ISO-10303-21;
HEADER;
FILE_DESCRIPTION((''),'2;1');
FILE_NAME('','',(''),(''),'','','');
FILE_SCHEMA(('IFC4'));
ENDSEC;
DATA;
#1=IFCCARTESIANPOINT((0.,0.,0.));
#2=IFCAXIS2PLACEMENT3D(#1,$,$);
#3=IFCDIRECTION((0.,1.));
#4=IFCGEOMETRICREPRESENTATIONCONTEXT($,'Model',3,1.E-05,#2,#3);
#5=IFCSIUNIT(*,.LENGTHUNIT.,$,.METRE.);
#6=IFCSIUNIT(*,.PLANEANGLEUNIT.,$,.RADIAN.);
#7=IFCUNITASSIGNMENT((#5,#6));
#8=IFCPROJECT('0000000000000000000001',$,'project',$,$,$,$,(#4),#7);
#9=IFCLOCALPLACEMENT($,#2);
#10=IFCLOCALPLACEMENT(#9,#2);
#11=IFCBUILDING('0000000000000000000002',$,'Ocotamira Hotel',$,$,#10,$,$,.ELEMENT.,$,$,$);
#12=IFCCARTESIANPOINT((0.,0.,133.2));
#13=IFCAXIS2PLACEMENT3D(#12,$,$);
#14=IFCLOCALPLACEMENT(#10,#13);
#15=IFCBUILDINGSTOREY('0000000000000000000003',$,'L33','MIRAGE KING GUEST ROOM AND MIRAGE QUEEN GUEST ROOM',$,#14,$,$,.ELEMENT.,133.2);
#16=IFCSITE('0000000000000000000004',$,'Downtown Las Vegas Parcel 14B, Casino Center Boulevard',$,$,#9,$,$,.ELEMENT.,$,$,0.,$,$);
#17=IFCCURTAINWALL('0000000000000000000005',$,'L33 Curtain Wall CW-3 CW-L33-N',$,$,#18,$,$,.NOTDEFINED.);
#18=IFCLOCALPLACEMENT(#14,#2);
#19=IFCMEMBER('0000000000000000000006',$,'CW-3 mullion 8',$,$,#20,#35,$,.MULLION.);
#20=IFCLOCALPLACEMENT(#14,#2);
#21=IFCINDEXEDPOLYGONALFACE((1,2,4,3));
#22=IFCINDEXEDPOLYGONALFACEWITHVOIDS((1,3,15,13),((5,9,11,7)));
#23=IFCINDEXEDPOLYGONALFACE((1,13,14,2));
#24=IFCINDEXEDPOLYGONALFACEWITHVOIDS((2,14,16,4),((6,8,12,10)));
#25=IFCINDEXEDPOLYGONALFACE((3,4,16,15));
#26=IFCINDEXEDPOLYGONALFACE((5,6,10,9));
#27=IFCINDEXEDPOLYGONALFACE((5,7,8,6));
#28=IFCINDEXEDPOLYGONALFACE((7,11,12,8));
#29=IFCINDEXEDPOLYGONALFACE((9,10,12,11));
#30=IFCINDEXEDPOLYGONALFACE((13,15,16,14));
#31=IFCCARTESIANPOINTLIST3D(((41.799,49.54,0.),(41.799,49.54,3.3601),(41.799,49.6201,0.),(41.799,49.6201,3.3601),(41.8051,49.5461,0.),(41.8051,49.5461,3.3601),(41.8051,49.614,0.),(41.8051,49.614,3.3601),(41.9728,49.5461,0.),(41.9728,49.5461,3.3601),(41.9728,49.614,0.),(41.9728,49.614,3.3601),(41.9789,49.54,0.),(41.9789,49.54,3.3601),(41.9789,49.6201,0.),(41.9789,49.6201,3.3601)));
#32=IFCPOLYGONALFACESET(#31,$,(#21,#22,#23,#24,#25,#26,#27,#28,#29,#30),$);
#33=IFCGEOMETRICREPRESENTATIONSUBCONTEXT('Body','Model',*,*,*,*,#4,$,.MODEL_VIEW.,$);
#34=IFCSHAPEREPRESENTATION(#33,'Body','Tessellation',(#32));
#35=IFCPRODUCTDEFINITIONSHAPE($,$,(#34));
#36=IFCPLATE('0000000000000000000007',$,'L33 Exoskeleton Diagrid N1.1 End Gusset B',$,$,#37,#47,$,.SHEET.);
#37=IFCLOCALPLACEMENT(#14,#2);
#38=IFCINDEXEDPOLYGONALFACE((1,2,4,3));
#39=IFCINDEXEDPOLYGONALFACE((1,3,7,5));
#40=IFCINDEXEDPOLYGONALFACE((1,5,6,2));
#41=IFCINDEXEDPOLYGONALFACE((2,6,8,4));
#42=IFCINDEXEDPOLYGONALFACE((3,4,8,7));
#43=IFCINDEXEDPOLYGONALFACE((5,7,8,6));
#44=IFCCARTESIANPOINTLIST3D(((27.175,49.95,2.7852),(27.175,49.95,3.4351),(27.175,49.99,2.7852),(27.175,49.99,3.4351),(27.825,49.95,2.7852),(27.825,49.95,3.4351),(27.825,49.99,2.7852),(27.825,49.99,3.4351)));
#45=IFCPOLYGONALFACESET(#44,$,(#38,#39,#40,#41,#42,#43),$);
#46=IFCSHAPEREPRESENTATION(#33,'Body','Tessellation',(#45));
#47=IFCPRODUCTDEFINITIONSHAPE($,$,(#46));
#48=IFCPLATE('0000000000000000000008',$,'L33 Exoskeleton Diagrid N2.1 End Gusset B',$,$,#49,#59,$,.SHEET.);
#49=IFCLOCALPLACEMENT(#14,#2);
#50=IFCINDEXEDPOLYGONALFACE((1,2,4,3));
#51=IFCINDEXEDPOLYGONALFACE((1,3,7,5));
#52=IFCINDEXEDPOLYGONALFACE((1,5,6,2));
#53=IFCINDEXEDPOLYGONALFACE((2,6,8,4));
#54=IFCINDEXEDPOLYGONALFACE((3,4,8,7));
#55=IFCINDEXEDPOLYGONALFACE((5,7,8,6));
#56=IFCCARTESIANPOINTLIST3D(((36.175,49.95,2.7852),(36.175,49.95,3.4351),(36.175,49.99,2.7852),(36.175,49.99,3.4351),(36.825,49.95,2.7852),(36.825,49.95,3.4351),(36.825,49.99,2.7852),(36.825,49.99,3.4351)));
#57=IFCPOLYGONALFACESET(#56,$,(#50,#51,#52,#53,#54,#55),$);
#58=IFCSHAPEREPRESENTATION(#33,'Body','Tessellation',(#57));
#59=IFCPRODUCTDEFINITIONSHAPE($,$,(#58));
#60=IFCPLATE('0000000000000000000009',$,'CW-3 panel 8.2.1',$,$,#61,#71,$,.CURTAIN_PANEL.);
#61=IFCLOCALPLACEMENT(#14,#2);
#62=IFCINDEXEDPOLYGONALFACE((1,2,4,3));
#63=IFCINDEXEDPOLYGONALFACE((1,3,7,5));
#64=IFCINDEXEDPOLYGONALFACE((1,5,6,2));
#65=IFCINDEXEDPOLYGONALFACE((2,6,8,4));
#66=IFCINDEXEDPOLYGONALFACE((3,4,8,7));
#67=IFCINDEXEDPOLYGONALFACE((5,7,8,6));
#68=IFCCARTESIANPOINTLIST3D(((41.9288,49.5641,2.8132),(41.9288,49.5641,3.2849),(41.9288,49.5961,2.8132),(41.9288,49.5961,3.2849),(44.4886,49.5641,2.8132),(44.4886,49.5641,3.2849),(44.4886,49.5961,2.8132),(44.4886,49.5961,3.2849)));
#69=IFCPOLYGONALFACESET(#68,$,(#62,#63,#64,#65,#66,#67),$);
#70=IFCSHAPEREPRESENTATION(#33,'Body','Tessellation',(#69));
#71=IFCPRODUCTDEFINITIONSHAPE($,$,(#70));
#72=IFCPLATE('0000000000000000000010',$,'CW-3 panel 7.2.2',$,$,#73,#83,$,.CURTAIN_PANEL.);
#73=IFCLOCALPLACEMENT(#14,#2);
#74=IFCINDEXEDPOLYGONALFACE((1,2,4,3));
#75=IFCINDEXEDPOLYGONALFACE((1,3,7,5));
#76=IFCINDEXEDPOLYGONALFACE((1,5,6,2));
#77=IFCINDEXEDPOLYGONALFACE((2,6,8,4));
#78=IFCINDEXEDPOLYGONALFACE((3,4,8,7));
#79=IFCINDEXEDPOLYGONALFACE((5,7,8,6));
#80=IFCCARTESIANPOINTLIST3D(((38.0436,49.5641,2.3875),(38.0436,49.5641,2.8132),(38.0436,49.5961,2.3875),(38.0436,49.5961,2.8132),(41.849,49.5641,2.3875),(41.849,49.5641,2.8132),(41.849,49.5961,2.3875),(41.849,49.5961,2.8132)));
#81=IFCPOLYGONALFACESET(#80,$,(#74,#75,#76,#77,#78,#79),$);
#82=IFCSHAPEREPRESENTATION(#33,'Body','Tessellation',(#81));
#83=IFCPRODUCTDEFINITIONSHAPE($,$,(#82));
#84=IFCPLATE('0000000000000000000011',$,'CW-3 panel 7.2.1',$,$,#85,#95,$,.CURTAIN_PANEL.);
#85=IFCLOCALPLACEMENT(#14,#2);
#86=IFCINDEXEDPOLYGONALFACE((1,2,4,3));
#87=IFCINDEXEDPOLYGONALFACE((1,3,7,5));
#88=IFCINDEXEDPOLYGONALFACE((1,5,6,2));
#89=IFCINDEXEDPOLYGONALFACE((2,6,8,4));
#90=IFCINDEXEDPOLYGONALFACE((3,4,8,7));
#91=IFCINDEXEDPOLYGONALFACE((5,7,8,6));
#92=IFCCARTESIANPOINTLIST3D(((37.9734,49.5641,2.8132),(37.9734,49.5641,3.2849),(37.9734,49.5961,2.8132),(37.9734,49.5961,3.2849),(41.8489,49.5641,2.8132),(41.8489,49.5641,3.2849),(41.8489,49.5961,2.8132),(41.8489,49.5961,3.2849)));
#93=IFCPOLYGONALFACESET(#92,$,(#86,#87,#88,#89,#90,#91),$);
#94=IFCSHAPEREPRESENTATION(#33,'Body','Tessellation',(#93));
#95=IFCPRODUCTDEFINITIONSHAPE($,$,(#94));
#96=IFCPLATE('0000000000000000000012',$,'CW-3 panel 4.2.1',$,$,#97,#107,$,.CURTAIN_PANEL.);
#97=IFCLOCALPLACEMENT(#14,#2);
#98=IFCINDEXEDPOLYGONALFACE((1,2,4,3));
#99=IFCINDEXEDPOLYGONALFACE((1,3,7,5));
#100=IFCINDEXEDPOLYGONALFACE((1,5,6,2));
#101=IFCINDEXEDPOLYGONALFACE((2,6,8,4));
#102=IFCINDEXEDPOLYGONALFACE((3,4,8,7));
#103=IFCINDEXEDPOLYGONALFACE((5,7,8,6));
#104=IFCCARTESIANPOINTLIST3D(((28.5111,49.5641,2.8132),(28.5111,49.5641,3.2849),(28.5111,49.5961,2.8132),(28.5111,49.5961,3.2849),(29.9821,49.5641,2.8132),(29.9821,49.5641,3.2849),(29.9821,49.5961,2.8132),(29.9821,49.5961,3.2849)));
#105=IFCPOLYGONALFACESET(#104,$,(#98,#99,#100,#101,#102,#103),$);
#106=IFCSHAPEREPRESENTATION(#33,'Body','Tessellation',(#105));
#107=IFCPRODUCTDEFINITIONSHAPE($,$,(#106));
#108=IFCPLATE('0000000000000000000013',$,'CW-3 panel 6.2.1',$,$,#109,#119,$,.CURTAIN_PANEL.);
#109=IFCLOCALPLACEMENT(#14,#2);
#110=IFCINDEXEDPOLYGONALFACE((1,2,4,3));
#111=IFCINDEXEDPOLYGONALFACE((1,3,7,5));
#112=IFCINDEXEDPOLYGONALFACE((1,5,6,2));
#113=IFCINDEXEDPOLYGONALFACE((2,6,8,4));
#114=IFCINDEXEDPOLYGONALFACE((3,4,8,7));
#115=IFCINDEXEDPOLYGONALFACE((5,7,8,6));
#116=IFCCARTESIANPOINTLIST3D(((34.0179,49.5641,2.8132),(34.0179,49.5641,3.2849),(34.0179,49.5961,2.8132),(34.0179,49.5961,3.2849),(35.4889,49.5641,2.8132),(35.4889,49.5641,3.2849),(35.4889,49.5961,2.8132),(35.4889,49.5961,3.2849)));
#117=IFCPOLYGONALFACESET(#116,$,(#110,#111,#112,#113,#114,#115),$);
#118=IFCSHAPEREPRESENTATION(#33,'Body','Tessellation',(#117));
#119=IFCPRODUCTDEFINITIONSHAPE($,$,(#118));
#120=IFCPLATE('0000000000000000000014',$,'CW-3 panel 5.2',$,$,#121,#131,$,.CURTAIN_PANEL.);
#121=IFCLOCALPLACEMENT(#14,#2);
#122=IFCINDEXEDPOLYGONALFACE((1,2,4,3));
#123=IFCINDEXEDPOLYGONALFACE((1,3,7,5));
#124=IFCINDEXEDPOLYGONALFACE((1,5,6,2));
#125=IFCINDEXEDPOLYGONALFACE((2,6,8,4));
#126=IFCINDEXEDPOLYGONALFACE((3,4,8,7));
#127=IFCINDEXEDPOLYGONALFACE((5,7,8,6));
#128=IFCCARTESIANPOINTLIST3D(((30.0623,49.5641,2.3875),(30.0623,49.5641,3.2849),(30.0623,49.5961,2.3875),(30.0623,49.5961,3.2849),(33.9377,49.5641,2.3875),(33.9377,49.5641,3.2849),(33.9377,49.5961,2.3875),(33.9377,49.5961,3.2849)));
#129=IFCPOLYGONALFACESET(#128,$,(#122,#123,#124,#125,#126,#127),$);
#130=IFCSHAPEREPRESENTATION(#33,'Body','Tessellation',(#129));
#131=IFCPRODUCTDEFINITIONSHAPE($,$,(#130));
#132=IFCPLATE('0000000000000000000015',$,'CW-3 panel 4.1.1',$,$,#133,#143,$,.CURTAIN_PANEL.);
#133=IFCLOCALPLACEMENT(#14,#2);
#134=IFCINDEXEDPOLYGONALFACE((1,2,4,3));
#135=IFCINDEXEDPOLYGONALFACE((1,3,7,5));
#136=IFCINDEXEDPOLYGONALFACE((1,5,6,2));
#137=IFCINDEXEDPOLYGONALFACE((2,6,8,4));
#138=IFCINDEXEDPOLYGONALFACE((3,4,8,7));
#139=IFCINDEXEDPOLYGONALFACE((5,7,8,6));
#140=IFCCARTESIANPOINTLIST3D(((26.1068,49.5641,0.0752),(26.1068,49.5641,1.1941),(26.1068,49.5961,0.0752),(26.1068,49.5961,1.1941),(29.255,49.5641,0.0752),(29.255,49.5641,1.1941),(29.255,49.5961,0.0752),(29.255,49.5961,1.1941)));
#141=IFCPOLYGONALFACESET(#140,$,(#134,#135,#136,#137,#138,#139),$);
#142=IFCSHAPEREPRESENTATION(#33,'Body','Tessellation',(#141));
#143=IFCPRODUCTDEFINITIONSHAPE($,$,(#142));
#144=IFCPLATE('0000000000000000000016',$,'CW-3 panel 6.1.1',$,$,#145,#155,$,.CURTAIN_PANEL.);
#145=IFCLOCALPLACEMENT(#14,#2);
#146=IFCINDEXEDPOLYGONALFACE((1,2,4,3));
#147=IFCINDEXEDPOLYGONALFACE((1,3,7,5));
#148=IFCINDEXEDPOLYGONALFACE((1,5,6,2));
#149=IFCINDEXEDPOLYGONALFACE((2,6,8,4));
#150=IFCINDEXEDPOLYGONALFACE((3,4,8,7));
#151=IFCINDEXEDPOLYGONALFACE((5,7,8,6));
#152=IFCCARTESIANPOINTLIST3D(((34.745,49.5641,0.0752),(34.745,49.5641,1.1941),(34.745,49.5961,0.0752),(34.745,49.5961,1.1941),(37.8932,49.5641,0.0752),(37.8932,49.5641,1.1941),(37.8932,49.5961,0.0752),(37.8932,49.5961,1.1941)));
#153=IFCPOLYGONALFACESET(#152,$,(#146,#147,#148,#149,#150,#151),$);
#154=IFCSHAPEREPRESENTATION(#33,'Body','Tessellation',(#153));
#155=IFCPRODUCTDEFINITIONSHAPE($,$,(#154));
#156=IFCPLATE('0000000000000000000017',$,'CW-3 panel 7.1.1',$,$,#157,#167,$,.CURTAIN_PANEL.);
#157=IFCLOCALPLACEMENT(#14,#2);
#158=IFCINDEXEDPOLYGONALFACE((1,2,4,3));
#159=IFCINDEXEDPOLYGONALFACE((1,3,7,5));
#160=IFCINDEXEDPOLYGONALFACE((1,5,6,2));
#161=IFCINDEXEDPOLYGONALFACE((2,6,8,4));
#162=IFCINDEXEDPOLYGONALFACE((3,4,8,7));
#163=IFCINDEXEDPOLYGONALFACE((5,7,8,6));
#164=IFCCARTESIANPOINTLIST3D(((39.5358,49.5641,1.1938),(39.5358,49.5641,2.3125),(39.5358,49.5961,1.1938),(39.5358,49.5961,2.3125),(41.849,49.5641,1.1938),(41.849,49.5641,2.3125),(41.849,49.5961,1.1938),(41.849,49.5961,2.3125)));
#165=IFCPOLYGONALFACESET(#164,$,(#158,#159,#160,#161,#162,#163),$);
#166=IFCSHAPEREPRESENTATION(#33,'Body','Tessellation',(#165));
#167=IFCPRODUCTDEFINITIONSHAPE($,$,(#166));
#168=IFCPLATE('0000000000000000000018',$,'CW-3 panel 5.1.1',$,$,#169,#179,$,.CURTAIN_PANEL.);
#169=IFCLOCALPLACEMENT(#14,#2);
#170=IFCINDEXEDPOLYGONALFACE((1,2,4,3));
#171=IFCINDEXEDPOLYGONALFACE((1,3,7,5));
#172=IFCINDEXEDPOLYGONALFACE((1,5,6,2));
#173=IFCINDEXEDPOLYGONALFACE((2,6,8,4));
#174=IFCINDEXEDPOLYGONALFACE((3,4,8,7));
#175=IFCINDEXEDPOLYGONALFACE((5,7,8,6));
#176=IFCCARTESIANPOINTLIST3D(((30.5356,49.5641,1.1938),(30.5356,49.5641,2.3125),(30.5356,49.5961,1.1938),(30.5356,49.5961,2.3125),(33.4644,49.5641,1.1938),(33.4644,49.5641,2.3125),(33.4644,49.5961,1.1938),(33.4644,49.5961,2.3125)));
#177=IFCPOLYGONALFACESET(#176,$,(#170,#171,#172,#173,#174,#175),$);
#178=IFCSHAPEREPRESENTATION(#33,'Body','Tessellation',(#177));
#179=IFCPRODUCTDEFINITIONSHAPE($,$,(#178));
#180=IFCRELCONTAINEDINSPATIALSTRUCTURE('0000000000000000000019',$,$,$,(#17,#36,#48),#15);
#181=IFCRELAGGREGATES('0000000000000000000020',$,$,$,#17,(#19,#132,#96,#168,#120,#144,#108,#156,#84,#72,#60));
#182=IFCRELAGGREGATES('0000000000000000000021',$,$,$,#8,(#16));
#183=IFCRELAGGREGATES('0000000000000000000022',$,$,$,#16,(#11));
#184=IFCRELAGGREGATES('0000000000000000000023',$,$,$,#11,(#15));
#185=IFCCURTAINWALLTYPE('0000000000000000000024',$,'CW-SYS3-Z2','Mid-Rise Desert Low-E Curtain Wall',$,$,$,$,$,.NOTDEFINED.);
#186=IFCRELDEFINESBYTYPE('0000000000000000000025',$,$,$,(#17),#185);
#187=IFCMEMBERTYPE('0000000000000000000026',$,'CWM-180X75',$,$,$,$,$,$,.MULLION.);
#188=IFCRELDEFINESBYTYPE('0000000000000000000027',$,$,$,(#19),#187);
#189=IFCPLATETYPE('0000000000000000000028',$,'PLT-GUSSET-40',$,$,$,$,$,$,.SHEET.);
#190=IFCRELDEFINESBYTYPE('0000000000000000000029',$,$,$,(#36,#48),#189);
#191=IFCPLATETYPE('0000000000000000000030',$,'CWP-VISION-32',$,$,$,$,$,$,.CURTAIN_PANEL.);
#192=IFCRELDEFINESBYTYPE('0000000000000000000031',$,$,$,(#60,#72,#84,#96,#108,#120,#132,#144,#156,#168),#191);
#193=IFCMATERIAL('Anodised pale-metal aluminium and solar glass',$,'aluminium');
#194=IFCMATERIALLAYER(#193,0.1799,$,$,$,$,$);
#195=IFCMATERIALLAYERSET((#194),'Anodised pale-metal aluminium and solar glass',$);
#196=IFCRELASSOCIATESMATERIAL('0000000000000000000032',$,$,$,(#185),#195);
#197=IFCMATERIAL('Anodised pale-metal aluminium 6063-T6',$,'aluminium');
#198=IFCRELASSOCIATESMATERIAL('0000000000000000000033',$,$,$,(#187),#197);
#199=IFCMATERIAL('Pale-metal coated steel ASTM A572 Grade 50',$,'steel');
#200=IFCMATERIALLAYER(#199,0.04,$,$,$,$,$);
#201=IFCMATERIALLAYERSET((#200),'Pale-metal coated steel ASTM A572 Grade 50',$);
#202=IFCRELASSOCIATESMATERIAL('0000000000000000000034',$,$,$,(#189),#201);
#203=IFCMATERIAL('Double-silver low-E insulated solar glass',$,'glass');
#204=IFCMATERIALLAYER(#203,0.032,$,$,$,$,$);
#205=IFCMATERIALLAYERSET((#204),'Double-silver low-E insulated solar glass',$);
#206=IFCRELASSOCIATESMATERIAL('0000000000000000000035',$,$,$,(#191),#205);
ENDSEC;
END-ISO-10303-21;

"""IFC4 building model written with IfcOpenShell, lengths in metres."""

from ifc_helpers import new_model, si_unit, direction, frame, origin, origin_2d, place, context, subcontext, project, spatial, rectangle, hollow_rectangle, extrude, source, transform, mapped, material, layer, layer_set, material_profile, profile_set, type_object, element, aggregate, save


model = new_model("IFC4")

# Units and contexts
model_context = context("Model", 3, precision=1e-05, world=origin(), true_north=direction((0.0, 1.0)))
body_context = subcontext(model_context, "Body", "Model", "MODEL_VIEW")
ifc_project = project(units=[si_unit("LENGTHUNIT", "METRE"), si_unit("PLANEANGLEUNIT", "RADIAN")], contexts=[model_context])

# Site, building, storey
site_placement = place(None, origin())
site = spatial("IfcSite", under=ifc_project, at=site_placement, Name="Downtown Las Vegas Parcel 14B, Casino Center Boulevard", CompositionType="ELEMENT", RefElevation=0.0)
building_placement = place(site_placement, origin())
building = spatial("IfcBuilding", under=site, at=building_placement, Name="Ocotamira Hotel", CompositionType="ELEMENT")
storey_placement = place(building_placement, frame((0.0, 0.0, 133.2)))
storey = spatial("IfcBuildingStorey", under=building, at=storey_placement, Name="L33", Description="MIRAGE KING GUEST ROOM AND MIRAGE QUEEN GUEST ROOM", CompositionType="ELEMENT", Elevation=133.2)

# Curtain wall, member
ifc_material_1 = material(Name="Anodised pale-metal aluminium and solar glass", Category="aluminium")
ifc_layer_1 = layer(ifc_material_1, 0.1799)
ifc_layer_set_1 = layer_set([ifc_layer_1], Name="Anodised pale-metal aluminium and solar glass")
curtain_wall_type = type_object("IfcCurtainWallType", Name="CW-SYS3-Z2", Description="Mid-Rise Desert Low-E Curtain Wall", PredefinedType="NOTDEFINED", material=ifc_layer_set_1)
curtain_wall_placement = place(storey_placement, origin())
curtain_wall = element("IfcCurtainWall", 1, at=curtain_wall_placement, inside=storey, type_object=curtain_wall_type, Name="L33 Curtain Wall CW-3 CW-L33-N", PredefinedType="NOTDEFINED")
ifc_material_2 = material(Name="Anodised pale-metal aluminium 6063-T6", Category="aluminium")
ifc_material_profile_1 = material_profile(ifc_material_2, hollow_rectangle(XDim=0.0801, YDim=0.1799, WallThickness=0.0061, at=origin_2d()), Name="HSS180X80X6")
ifc_profile_set_1 = profile_set([ifc_material_profile_1], Name="Anodised pale-metal aluminium 6063-T6")
member_type_1 = type_object("IfcMemberType", Name="CWM-180X75", PredefinedType="MULLION", material=ifc_profile_set_1)
shared_shape_1 = source(origin(), body_context, "Body", "SweptSolid", [
    extrude(hollow_rectangle(XDim=0.0801, YDim=0.1799, WallThickness=0.0061, at=origin_2d()), origin(), (0.0, 0.0, 1.0), 3.3601),
])
member_1_placement = place(storey_placement, frame((41.8889, 49.5801, 0.0), z_axis=(0.0, 0.0, 1.0), x_axis=(0.0, 1.0, 0.0)))
member_1 = element("IfcMember", 2, at=member_1_placement, type_object=member_type_1, Name="CW-3 mullion 8", PredefinedType="MULLION", context=body_context, shape_type="MappedRepresentation", body=[
    mapped(shared_shape_1, transform((0.0, 0.0, 0.0), scale=1.0)),
])

# Plates
ifc_material_3 = material(Name="Pale-metal coated steel ASTM A572 Grade 50", Category="steel")
ifc_layer_2 = layer(ifc_material_3, 0.04)
ifc_layer_set_2 = layer_set([ifc_layer_2], Name="Pale-metal coated steel ASTM A572 Grade 50")
plate_type_1 = type_object("IfcPlateType", Name="PLT-GUSSET-40", PredefinedType="SHEET", material=ifc_layer_set_2)
shared_shape_2 = source(origin(), body_context, "Body", "SweptSolid", [
    extrude(rectangle(XDim=0.6499, YDim=0.04, at=origin_2d()), origin(), (0.0, 0.0, 1.0), 0.6499),
])
for number, where, z_axis, x_axis, name in (
    (3, (27.5, 49.97, 2.7852), (0.0, 0.0, 1.0), (1.0, 0.0, 0.0), "L33 Exoskeleton Diagrid N1.1 End Gusset B"),
    (4, (36.5, 49.97, 2.7852), (0.0, 0.0, 1.0), (1.0, 0.0, 0.0), "L33 Exoskeleton Diagrid N2.1 End Gusset B"),
):
    element("IfcPlate", number, at=place(storey_placement, frame(where, z_axis=z_axis, x_axis=x_axis)), inside=storey, type_object=plate_type_1, Name=name, PredefinedType="SHEET", context=body_context, shape_type="MappedRepresentation", body=[
        mapped(shared_shape_2, transform((0.0, 0.0, 0.0), scale=1.0)),
    ])

# Plates
ifc_material_4 = material(Name="Double-silver low-E insulated solar glass", Category="glass")
ifc_layer_3 = layer(ifc_material_4, 0.032)
ifc_layer_set_3 = layer_set([ifc_layer_3], Name="Double-silver low-E insulated solar glass")
plate_type_2 = type_object("IfcPlateType", Name="CWP-VISION-32", PredefinedType="CURTAIN_PANEL", material=ifc_layer_set_3)
shared_shape_3 = source(origin(), body_context, "Body", "SweptSolid", [
    extrude(rectangle(XDim=2.5598, YDim=0.032, at=origin_2d()), origin(), (0.0, 0.0, 1.0), 0.4717),
])
plate_1_placement = place(storey_placement, frame((43.2087, 49.5801, 2.8132), z_axis=(0.0, 0.0, 1.0), x_axis=(1.0, 0.0, 0.0)))
plate_1 = element("IfcPlate", 5, at=plate_1_placement, type_object=plate_type_2, Name="CW-3 panel 8.2.1", PredefinedType="CURTAIN_PANEL", context=body_context, shape_type="MappedRepresentation", body=[
    mapped(shared_shape_3, transform((0.0, 0.0, 0.0), scale=1.0)),
])
shared_shape_4 = source(origin(), body_context, "Body", "SweptSolid", [
    extrude(rectangle(XDim=3.8054, YDim=0.032, at=origin_2d()), origin(), (0.0, 0.0, 1.0), 0.4258),
])
plate_2_placement = place(storey_placement, frame((39.9463, 49.5801, 2.3875), z_axis=(0.0, 0.0, 1.0), x_axis=(1.0, 0.0, 0.0)))
plate_2 = element("IfcPlate", 6, at=plate_2_placement, type_object=plate_type_2, Name="CW-3 panel 7.2.2", PredefinedType="CURTAIN_PANEL", context=body_context, shape_type="MappedRepresentation", body=[
    mapped(shared_shape_4, transform((0.0, 0.0, 0.0), scale=1.0)),
])
shared_shape_5 = source(origin(), body_context, "Body", "SweptSolid", [
    extrude(rectangle(XDim=3.8755, YDim=0.032, at=origin_2d()), origin(), (0.0, 0.0, 1.0), 0.4717),
])
plate_3_placement = place(storey_placement, frame((39.9111, 49.5801, 2.8132), z_axis=(0.0, 0.0, 1.0), x_axis=(1.0, 0.0, 0.0)))
plate_3 = element("IfcPlate", 7, at=plate_3_placement, type_object=plate_type_2, Name="CW-3 panel 7.2.1", PredefinedType="CURTAIN_PANEL", context=body_context, shape_type="MappedRepresentation", body=[
    mapped(shared_shape_5, transform((0.0, 0.0, 0.0), scale=1.0)),
])
shared_shape_6 = source(origin(), body_context, "Body", "SweptSolid", [
    extrude(rectangle(XDim=1.4709, YDim=0.032, at=origin_2d()), origin(), (0.0, 0.0, 1.0), 0.4717),
])
plate_4_placement = place(storey_placement, frame((29.2466, 49.5801, 2.8132), z_axis=(0.0, 0.0, 1.0), x_axis=(1.0, 0.0, 0.0)))
plate_4 = element("IfcPlate", 8, at=plate_4_placement, type_object=plate_type_2, Name="CW-3 panel 4.2.1", PredefinedType="CURTAIN_PANEL", context=body_context, shape_type="MappedRepresentation", body=[
    mapped(shared_shape_6, transform((0.0, 0.0, 0.0), scale=1.0)),
])
plate_5_placement = place(storey_placement, frame((34.7534, 49.5801, 2.8132), z_axis=(0.0, 0.0, 1.0), x_axis=(1.0, 0.0, 0.0)))
plate_5 = element("IfcPlate", 9, at=plate_5_placement, type_object=plate_type_2, Name="CW-3 panel 6.2.1", PredefinedType="CURTAIN_PANEL", context=body_context, shape_type="MappedRepresentation", body=[
    mapped(shared_shape_6, transform((0.0, 0.0, 0.0), scale=1.0)),
])
shared_shape_7 = source(origin(), body_context, "Body", "SweptSolid", [
    extrude(rectangle(XDim=3.8755, YDim=0.032, at=origin_2d()), origin(), (0.0, 0.0, 1.0), 0.8975),
])
plate_6_placement = place(storey_placement, frame((32.0, 49.5801, 2.3875), z_axis=(0.0, 0.0, 1.0), x_axis=(1.0, 0.0, 0.0)))
plate_6 = element("IfcPlate", 10, at=plate_6_placement, type_object=plate_type_2, Name="CW-3 panel 5.2", PredefinedType="CURTAIN_PANEL", context=body_context, shape_type="MappedRepresentation", body=[
    mapped(shared_shape_7, transform((0.0, 0.0, 0.0), scale=1.0)),
])
shared_shape_8 = source(origin(), body_context, "Body", "SweptSolid", [
    extrude(rectangle(XDim=3.1482, YDim=0.032, at=origin_2d()), origin(), (0.0, 0.0, 1.0), 1.1189),
])
plate_7_placement = place(storey_placement, frame((27.6809, 49.5801, 0.0752), z_axis=(0.0, 0.0, 1.0), x_axis=(1.0, 0.0, 0.0)))
plate_7 = element("IfcPlate", 11, at=plate_7_placement, type_object=plate_type_2, Name="CW-3 panel 4.1.1", PredefinedType="CURTAIN_PANEL", context=body_context, shape_type="MappedRepresentation", body=[
    mapped(shared_shape_8, transform((0.0, 0.0, 0.0), scale=1.0)),
])
plate_8_placement = place(storey_placement, frame((36.3191, 49.5801, 0.0752), z_axis=(0.0, 0.0, 1.0), x_axis=(1.0, 0.0, 0.0)))
plate_8 = element("IfcPlate", 12, at=plate_8_placement, type_object=plate_type_2, Name="CW-3 panel 6.1.1", PredefinedType="CURTAIN_PANEL", context=body_context, shape_type="MappedRepresentation", body=[
    mapped(shared_shape_8, transform((0.0, 0.0, 0.0), scale=1.0)),
])
shared_shape_9 = source(origin(), body_context, "Body", "SweptSolid", [
    extrude(rectangle(XDim=2.3132, YDim=0.032, at=origin_2d()), origin(), (0.0, 0.0, 1.0), 1.1187),
])
plate_9_placement = place(storey_placement, frame((40.6924, 49.5801, 1.1938), z_axis=(0.0, 0.0, 1.0), x_axis=(1.0, 0.0, 0.0)))
plate_9 = element("IfcPlate", 13, at=plate_9_placement, type_object=plate_type_2, Name="CW-3 panel 7.1.1", PredefinedType="CURTAIN_PANEL", context=body_context, shape_type="MappedRepresentation", body=[
    mapped(shared_shape_9, transform((0.0, 0.0, 0.0), scale=1.0)),
])
shared_shape_10 = source(origin(), body_context, "Body", "SweptSolid", [
    extrude(rectangle(XDim=2.9287, YDim=0.032, at=origin_2d()), origin(), (0.0, 0.0, 1.0), 1.1187),
])
plate_10_placement = place(storey_placement, frame((32.0, 49.5801, 1.1938), z_axis=(0.0, 0.0, 1.0), x_axis=(1.0, 0.0, 0.0)))
plate_10 = element("IfcPlate", 14, at=plate_10_placement, type_object=plate_type_2, Name="CW-3 panel 5.1.1", PredefinedType="CURTAIN_PANEL", context=body_context, shape_type="MappedRepresentation", body=[
    mapped(shared_shape_10, transform((0.0, 0.0, 0.0), scale=1.0)),
])
aggregate(curtain_wall, [member_1, plate_7, plate_4, plate_10, plate_6, plate_8, plate_5, plate_9, plate_3, plate_2, plate_1])

save(model, "model.ifc")
